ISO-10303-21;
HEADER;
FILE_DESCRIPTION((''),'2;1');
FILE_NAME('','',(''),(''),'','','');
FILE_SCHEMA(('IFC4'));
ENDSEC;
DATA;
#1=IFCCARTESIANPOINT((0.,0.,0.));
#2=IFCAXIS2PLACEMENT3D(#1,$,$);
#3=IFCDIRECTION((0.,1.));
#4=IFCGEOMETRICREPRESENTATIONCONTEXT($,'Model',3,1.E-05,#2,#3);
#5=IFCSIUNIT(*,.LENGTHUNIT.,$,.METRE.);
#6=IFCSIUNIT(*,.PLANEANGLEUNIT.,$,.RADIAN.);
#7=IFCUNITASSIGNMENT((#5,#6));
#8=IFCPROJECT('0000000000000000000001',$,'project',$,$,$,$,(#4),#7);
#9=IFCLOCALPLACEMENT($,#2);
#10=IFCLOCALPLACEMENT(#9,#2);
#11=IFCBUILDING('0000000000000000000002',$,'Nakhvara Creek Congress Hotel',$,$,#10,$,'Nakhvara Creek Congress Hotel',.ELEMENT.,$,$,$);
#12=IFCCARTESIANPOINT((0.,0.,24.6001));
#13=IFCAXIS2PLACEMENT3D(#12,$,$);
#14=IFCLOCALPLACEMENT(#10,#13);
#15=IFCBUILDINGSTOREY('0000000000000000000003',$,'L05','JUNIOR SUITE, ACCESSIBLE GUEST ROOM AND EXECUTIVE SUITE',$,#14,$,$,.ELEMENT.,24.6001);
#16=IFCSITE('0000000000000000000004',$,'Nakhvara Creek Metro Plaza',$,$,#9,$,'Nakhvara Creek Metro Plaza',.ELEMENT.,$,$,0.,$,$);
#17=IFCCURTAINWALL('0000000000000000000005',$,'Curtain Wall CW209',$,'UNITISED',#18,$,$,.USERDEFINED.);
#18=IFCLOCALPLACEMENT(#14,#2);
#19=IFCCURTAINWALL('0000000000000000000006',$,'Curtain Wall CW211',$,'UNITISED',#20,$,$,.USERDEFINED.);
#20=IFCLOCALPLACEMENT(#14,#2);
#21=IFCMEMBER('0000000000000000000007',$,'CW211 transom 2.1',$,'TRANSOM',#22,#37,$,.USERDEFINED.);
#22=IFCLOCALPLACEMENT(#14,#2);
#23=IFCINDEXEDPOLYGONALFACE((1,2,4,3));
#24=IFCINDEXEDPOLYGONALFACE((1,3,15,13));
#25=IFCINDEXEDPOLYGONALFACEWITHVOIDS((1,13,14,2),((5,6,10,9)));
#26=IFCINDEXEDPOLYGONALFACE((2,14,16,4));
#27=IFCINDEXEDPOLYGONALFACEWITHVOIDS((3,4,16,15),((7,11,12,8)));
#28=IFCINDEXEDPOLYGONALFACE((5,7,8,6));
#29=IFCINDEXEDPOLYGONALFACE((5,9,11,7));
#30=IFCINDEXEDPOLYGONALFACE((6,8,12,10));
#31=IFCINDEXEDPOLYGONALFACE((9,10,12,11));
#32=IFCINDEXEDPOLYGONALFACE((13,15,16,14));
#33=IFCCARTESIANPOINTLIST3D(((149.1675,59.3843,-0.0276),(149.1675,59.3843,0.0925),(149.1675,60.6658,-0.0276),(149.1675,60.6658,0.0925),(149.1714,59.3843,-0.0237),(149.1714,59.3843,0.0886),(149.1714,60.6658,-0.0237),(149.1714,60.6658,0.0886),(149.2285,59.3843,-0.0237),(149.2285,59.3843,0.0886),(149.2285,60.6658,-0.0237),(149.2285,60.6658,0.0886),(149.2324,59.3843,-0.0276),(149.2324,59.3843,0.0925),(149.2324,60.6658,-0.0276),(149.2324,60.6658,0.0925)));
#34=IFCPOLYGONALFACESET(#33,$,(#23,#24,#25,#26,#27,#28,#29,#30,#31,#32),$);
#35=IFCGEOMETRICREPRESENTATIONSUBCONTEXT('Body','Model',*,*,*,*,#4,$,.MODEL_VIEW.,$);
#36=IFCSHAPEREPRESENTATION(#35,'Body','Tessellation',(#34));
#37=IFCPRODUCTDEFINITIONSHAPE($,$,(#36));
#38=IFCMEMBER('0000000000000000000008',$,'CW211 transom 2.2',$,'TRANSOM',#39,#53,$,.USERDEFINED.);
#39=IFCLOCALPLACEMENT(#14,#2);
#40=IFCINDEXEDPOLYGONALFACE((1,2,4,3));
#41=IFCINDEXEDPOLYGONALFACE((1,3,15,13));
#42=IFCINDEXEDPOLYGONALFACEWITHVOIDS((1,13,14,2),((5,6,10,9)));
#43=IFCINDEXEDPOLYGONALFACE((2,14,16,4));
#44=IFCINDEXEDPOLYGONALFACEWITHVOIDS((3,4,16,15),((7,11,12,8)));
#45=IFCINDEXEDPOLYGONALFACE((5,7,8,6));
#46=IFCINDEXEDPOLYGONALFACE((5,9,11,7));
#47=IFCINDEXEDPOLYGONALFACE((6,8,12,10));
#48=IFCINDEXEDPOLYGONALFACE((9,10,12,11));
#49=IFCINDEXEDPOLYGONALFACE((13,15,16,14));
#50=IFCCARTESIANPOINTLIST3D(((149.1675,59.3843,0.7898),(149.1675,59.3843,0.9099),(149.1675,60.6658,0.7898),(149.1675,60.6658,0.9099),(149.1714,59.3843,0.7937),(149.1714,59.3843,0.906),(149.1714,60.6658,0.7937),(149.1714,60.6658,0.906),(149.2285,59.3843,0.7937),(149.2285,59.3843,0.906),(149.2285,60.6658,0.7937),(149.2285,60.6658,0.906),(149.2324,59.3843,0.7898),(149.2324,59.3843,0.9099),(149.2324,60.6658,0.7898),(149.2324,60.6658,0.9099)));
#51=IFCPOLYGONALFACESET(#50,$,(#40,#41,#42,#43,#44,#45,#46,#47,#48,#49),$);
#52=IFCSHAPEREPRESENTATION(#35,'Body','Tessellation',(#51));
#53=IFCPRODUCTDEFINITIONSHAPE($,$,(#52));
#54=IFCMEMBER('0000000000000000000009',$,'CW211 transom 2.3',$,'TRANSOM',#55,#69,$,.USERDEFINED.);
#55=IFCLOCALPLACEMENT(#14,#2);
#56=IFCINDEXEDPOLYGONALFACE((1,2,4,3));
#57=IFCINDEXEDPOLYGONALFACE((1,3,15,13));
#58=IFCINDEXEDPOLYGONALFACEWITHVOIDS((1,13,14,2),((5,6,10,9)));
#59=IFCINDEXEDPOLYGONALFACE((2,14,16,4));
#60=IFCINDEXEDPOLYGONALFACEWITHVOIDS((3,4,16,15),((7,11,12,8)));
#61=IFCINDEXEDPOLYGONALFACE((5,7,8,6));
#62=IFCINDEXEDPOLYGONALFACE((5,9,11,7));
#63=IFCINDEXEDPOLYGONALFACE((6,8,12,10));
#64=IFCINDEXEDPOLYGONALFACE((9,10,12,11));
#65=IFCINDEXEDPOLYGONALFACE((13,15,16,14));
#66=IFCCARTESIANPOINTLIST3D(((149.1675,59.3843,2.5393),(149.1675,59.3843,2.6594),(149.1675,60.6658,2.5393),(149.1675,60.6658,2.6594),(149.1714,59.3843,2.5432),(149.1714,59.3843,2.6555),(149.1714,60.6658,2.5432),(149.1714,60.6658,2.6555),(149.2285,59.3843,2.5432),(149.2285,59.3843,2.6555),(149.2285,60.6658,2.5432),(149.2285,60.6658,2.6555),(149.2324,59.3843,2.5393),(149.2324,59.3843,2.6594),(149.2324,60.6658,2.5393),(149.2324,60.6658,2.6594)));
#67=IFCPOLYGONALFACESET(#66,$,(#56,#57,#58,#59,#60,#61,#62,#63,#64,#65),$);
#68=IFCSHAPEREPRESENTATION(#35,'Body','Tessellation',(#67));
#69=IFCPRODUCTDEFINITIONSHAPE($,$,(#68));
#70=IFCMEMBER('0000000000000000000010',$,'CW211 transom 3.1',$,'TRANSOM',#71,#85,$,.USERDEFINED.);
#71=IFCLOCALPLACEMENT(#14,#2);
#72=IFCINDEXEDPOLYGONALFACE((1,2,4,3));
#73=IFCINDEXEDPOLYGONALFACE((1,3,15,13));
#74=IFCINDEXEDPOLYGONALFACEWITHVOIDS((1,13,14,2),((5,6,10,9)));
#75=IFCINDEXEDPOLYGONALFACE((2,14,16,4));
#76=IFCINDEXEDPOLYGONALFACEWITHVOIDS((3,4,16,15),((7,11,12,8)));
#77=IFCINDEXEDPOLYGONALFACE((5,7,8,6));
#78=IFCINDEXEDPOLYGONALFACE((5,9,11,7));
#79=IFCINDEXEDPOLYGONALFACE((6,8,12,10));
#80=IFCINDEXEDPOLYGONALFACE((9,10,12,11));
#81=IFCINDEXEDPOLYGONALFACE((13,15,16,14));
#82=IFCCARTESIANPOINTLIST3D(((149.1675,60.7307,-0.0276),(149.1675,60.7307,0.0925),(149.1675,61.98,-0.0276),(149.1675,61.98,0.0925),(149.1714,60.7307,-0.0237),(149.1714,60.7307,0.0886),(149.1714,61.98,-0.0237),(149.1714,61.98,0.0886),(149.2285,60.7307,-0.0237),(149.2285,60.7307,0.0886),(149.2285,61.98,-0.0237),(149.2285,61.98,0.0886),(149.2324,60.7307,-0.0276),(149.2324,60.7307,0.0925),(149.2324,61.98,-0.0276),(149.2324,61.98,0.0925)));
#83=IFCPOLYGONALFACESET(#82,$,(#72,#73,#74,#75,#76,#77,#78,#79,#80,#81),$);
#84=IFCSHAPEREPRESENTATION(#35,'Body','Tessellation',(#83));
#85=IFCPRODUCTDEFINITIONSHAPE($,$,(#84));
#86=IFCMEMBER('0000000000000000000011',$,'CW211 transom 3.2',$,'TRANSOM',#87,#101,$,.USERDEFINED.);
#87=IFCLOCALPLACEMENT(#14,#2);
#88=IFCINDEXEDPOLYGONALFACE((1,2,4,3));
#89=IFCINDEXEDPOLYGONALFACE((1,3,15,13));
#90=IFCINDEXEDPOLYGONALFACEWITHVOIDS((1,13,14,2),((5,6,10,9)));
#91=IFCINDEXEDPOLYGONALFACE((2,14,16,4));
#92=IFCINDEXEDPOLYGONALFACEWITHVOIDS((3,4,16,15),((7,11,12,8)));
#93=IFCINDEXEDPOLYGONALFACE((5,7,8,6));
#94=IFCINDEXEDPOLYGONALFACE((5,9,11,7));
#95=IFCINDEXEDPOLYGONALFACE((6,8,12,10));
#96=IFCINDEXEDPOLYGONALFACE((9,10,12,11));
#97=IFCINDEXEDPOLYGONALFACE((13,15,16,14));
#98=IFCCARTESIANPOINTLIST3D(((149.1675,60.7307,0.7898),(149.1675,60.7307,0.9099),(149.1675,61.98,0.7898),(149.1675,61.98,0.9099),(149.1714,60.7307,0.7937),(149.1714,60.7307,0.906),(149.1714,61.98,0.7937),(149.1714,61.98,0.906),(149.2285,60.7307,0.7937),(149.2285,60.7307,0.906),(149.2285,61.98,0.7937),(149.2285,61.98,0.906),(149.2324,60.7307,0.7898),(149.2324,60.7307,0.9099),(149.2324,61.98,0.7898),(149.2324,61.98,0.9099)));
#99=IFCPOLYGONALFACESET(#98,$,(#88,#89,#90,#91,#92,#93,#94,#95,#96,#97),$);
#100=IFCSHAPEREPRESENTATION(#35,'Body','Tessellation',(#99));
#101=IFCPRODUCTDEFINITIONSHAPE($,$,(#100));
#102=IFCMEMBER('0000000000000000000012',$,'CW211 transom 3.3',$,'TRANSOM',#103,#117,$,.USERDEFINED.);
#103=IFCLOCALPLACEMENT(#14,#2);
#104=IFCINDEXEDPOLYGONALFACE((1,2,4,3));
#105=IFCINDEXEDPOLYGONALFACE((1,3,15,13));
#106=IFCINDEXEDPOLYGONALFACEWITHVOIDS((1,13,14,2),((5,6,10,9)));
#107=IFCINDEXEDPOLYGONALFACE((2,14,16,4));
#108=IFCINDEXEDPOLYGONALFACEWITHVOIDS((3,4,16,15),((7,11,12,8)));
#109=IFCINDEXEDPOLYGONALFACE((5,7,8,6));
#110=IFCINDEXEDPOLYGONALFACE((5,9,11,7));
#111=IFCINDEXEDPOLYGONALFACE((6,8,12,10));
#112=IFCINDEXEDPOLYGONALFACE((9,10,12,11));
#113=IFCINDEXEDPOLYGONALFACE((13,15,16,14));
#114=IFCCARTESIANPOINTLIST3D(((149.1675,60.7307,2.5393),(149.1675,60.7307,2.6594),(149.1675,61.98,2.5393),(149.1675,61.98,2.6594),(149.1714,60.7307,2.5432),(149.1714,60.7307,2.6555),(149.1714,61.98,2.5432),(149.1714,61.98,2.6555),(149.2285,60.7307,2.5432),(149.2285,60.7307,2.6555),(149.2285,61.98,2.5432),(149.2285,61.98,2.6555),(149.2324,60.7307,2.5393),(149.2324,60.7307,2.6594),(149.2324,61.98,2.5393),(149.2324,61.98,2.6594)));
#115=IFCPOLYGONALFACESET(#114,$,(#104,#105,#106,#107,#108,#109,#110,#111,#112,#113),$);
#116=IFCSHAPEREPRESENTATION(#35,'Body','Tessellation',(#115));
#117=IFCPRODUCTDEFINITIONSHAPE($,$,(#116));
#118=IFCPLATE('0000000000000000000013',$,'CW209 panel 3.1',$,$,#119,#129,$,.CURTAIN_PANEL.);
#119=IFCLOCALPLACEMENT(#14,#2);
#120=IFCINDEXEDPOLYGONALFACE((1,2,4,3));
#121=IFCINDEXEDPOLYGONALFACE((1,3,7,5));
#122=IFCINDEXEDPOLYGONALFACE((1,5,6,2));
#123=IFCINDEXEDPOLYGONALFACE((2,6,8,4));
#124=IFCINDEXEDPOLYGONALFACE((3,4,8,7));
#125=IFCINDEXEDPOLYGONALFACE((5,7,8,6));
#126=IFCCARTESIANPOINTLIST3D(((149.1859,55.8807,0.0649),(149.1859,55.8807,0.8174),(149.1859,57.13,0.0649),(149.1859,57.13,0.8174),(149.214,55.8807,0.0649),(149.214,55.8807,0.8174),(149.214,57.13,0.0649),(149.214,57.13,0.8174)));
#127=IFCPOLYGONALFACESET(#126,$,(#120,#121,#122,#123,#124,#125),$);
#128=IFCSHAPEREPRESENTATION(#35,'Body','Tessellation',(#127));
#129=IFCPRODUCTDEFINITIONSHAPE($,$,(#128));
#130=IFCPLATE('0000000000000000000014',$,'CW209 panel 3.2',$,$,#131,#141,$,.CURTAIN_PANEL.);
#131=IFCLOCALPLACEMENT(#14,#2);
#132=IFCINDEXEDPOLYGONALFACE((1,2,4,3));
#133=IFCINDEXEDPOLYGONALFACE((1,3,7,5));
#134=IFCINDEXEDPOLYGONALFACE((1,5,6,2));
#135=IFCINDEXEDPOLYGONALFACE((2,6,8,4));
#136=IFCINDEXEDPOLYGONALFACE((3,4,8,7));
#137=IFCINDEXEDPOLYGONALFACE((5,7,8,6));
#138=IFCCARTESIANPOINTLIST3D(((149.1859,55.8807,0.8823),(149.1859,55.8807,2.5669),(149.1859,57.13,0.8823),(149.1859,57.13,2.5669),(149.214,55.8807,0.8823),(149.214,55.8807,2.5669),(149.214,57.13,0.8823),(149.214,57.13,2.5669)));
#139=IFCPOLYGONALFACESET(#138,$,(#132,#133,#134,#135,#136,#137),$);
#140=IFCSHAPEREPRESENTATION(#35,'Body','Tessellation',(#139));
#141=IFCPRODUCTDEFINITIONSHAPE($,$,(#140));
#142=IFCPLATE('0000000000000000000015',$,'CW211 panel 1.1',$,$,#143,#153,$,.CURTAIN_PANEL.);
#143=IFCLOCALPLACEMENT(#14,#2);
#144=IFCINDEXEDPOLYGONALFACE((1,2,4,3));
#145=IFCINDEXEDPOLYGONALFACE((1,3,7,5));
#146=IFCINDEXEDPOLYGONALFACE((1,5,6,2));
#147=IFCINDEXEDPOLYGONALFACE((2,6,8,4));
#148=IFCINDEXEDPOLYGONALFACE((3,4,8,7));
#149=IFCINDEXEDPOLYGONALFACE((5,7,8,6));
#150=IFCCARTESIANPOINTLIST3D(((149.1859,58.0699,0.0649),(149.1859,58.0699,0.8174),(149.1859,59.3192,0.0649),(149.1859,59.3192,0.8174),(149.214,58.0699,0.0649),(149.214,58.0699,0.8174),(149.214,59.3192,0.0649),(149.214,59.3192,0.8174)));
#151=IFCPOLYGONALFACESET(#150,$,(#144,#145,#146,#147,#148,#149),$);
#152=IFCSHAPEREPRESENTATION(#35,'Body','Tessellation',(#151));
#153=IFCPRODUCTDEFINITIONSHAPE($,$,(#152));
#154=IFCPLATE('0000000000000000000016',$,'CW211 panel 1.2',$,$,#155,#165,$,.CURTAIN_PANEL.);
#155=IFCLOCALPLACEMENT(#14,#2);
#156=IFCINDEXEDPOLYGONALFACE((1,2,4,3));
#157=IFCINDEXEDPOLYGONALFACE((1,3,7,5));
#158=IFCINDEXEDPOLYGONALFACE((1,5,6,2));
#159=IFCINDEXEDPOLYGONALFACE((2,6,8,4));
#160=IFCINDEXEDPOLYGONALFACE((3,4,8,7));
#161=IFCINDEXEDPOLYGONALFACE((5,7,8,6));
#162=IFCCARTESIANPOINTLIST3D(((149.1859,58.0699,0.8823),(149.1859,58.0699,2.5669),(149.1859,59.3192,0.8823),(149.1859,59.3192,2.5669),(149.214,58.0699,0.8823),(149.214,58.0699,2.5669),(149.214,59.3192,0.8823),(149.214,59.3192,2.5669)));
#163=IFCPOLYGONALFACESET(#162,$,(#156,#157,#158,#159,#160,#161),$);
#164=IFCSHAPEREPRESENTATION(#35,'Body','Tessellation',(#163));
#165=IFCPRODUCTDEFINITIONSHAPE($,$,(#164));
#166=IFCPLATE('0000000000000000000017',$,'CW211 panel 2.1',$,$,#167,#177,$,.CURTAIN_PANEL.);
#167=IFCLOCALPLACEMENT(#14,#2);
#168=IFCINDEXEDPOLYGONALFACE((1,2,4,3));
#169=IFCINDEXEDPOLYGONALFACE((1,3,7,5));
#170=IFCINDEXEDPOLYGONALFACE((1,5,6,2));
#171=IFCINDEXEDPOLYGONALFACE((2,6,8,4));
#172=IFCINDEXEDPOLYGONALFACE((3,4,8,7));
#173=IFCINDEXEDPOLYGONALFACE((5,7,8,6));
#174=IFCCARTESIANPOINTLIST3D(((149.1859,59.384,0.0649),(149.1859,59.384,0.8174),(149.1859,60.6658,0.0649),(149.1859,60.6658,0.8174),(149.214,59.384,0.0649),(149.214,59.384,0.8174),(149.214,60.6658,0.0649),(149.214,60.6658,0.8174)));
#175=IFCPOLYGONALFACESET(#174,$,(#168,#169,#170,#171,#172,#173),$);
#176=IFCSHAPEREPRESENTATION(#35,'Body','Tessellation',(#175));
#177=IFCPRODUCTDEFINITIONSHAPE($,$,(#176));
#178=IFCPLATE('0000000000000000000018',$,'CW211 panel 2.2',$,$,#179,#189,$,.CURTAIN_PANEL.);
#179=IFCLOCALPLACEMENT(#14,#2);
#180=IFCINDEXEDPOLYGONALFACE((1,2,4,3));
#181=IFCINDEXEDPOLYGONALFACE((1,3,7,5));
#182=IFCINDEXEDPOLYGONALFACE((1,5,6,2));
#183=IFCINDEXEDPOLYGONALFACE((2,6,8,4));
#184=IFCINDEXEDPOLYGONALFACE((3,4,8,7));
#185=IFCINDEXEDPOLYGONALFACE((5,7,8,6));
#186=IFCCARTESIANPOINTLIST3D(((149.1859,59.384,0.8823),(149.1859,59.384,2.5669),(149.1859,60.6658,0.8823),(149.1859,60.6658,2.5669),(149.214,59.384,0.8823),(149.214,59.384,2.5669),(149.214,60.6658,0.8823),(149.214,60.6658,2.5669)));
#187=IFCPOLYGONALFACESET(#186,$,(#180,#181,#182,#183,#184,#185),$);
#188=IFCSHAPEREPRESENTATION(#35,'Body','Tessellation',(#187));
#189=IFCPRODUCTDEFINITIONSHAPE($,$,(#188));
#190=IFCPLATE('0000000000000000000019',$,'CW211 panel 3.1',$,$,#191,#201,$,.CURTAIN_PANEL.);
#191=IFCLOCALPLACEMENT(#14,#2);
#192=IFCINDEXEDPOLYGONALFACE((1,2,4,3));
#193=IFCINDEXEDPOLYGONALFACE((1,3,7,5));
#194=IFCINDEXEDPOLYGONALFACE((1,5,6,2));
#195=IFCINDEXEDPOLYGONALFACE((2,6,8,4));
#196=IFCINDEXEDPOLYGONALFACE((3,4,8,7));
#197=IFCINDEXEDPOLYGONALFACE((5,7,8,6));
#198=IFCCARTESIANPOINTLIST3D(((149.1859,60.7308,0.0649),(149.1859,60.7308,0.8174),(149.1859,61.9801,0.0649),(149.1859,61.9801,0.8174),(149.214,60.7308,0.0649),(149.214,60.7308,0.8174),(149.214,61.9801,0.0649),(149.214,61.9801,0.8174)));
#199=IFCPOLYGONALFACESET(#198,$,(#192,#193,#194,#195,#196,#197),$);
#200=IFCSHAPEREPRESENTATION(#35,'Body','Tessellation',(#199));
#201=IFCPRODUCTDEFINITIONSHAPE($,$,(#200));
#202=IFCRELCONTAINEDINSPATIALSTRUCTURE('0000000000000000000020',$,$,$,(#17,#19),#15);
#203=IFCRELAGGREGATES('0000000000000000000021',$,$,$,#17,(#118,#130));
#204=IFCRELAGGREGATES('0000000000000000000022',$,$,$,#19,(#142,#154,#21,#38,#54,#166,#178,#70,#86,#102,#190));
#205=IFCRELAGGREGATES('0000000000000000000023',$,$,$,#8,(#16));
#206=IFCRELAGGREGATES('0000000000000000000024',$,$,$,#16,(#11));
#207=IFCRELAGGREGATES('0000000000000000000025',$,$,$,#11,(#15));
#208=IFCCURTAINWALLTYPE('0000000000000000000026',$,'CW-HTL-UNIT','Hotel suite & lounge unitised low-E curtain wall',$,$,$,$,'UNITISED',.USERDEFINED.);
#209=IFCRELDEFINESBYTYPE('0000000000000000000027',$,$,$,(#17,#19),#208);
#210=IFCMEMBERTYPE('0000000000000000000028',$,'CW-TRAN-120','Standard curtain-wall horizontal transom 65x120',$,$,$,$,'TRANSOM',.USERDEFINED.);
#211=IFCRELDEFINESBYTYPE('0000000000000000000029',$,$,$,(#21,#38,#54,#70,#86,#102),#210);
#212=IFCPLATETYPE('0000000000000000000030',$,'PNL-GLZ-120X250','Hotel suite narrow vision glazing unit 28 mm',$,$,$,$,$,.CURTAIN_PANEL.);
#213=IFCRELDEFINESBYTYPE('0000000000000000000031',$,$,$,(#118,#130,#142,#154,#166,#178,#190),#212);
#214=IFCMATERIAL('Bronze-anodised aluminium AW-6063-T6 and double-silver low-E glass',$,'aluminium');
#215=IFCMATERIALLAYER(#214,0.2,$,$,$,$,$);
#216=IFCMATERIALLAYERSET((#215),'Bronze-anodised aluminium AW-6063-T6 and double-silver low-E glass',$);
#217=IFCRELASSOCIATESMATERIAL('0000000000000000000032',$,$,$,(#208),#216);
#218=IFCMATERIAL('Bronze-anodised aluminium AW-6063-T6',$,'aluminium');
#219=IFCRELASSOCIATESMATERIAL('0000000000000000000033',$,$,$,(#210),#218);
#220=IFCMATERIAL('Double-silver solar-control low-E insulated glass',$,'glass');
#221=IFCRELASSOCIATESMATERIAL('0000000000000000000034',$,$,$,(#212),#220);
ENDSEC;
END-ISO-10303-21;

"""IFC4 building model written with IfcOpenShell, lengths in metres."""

from ifc_helpers import new_model, si_unit, direction, frame, origin, origin_2d, place, context, subcontext, project, spatial, rectangle, hollow_rectangle, extrude, material, layer, layer_set, material_profile, profile_set, type_object, element, aggregate, save


model = new_model("IFC4")

# Units and contexts
model_context = context("Model", 3, precision=1e-05, world=origin(), true_north=direction((0.0, 1.0)))
body_context = subcontext(model_context, "Body", "Model", "MODEL_VIEW")
ifc_project = project(units=[si_unit("LENGTHUNIT", "METRE"), si_unit("PLANEANGLEUNIT", "RADIAN")], contexts=[model_context])

# Site, building, storey
site_placement = place(None, origin())
site = spatial("IfcSite", under=ifc_project, at=site_placement, Name="Nakhvara Creek Metro Plaza", LongName="Nakhvara Creek Metro Plaza", CompositionType="ELEMENT", RefElevation=0.0)
building_placement = place(site_placement, origin())
building = spatial("IfcBuilding", under=site, at=building_placement, Name="Nakhvara Creek Congress Hotel", LongName="Nakhvara Creek Congress Hotel", CompositionType="ELEMENT")
storey_placement = place(building_placement, frame((0.0, 0.0, 24.6001)))
storey = spatial("IfcBuildingStorey", under=building, at=storey_placement, Name="L05", Description="JUNIOR SUITE, ACCESSIBLE GUEST ROOM AND EXECUTIVE SUITE", CompositionType="ELEMENT", Elevation=24.6001)

# Curtain walls
ifc_material_1 = material(Name="Bronze-anodised aluminium AW-6063-T6 and double-silver low-E glass", Category="aluminium")
ifc_layer = layer(ifc_material_1, 0.2)
ifc_layer_set = layer_set([ifc_layer], Name="Bronze-anodised aluminium AW-6063-T6 and double-silver low-E glass")
curtain_wall_type = type_object("IfcCurtainWallType", Name="CW-HTL-UNIT", Description="Hotel suite & lounge unitised low-E curtain wall", ElementType="UNITISED", PredefinedType="USERDEFINED", material=ifc_layer_set)
curtain_wall_1_placement = place(storey_placement, origin())
curtain_wall_1 = element("IfcCurtainWall", 1, at=curtain_wall_1_placement, inside=storey, type_object=curtain_wall_type, Name="Curtain Wall CW209", ObjectType="UNITISED", PredefinedType="USERDEFINED")
ifc_material_2 = material(Name="Bronze-anodised aluminium AW-6063-T6", Category="aluminium")
curtain_wall_2_placement = place(storey_placement, origin())
curtain_wall_2 = element("IfcCurtainWall", 2, at=curtain_wall_2_placement, inside=storey, type_object=curtain_wall_type, Name="Curtain Wall CW211", ObjectType="UNITISED", PredefinedType="USERDEFINED")

# Members
ifc_material_profile_1 = material_profile(ifc_material_2, hollow_rectangle(XDim=0.0649, YDim=0.1201, WallThickness=0.0039, at=origin_2d()), Name="ALU-TRAN 65x120x4", Category="LoadBearing")
ifc_profile_set_1 = profile_set([ifc_material_profile_1], Name="Bronze-anodised aluminium AW-6063-T6")
member_type_1 = type_object("IfcMemberType", Name="CW-TRAN-120", Description="Standard curtain-wall horizontal transom 65x120", ElementType="TRANSOM", PredefinedType="USERDEFINED", material=ifc_profile_set_1)
member_1_placement = place(storey_placement, frame((149.2, 59.3843, 0.0325), z_axis=(0.0, 1.0, 0.0), x_axis=(-1.0, 0.0, 0.0)))
member_1 = element("IfcMember", 3, at=member_1_placement, type_object=member_type_1, Name="CW211 transom 2.1", ObjectType="TRANSOM", PredefinedType="USERDEFINED", context=body_context, shape_type="SweptSolid", body=[
    extrude(hollow_rectangle(XDim=0.0649, YDim=0.1201, WallThickness=0.0039, at=origin_2d()), origin(), (0.0, 0.0, 1.0), 1.2815),
])
member_2_placement = place(storey_placement, frame((149.2, 59.3843, 0.8499), z_axis=(0.0, 1.0, 0.0), x_axis=(-1.0, 0.0, 0.0)))
member_2 = element("IfcMember", 4, at=member_2_placement, type_object=member_type_1, Name="CW211 transom 2.2", ObjectType="TRANSOM", PredefinedType="USERDEFINED", context=body_context, shape_type="SweptSolid", body=[
    extrude(hollow_rectangle(XDim=0.0649, YDim=0.1201, WallThickness=0.0039, at=origin_2d()), origin(), (0.0, 0.0, 1.0), 1.2815),
])
member_3_placement = place(storey_placement, frame((149.2, 59.3843, 2.5994), z_axis=(0.0, 1.0, 0.0), x_axis=(-1.0, 0.0, 0.0)))
member_3 = element("IfcMember", 5, at=member_3_placement, type_object=member_type_1, Name="CW211 transom 2.3", ObjectType="TRANSOM", PredefinedType="USERDEFINED", context=body_context, shape_type="SweptSolid", body=[
    extrude(hollow_rectangle(XDim=0.0649, YDim=0.1201, WallThickness=0.0039, at=origin_2d()), origin(), (0.0, 0.0, 1.0), 1.2815),
])
member_4_placement = place(storey_placement, frame((149.2, 60.7307, 0.0325), z_axis=(0.0, 1.0, 0.0), x_axis=(-1.0, 0.0, 0.0)))
member_4 = element("IfcMember", 6, at=member_4_placement, type_object=member_type_1, Name="CW211 transom 3.1", ObjectType="TRANSOM", PredefinedType="USERDEFINED", context=body_context, shape_type="SweptSolid", body=[
    extrude(hollow_rectangle(XDim=0.0649, YDim=0.1201, WallThickness=0.0039, at=origin_2d()), origin(), (0.0, 0.0, 1.0), 1.2493),
])
member_5_placement = place(storey_placement, frame((149.2, 60.7307, 0.8499), z_axis=(0.0, 1.0, 0.0), x_axis=(-1.0, 0.0, 0.0)))
member_5 = element("IfcMember", 7, at=member_5_placement, type_object=member_type_1, Name="CW211 transom 3.2", ObjectType="TRANSOM", PredefinedType="USERDEFINED", context=body_context, shape_type="SweptSolid", body=[
    extrude(hollow_rectangle(XDim=0.0649, YDim=0.1201, WallThickness=0.0039, at=origin_2d()), origin(), (0.0, 0.0, 1.0), 1.2493),
])
member_6_placement = place(storey_placement, frame((149.2, 60.7307, 2.5994), z_axis=(0.0, 1.0, 0.0), x_axis=(-1.0, 0.0, 0.0)))
member_6 = element("IfcMember", 8, at=member_6_placement, type_object=member_type_1, Name="CW211 transom 3.3", ObjectType="TRANSOM", PredefinedType="USERDEFINED", context=body_context, shape_type="SweptSolid", body=[
    extrude(hollow_rectangle(XDim=0.0649, YDim=0.1201, WallThickness=0.0039, at=origin_2d()), origin(), (0.0, 0.0, 1.0), 1.2493),
])

# Plates
ifc_material_3 = material(Name="Double-silver solar-control low-E insulated glass", Category="glass")
plate_type = type_object("IfcPlateType", Name="PNL-GLZ-120X250", Description="Hotel suite narrow vision glazing unit 28 mm", PredefinedType="CURTAIN_PANEL", material=ifc_material_3)
plate_1_placement = place(storey_placement, frame((149.2, 56.5054, 0.0649), z_axis=(0.0, 0.0, 1.0), x_axis=(0.0, 1.0, 0.0)))
plate_1 = element("IfcPlate", 9, at=plate_1_placement, type_object=plate_type, Name="CW209 panel 3.1", PredefinedType="CURTAIN_PANEL", context=body_context, shape_type="SweptSolid", body=[
    extrude(rectangle(XDim=1.2493, YDim=0.0281, at=origin_2d()), origin(), (0.0, 0.0, 1.0), 0.7524),
])
plate_2_placement = place(storey_placement, frame((149.2, 56.5054, 0.8823), z_axis=(0.0, 0.0, 1.0), x_axis=(0.0, 1.0, 0.0)))
plate_2 = element("IfcPlate", 10, at=plate_2_placement, type_object=plate_type, Name="CW209 panel 3.2", PredefinedType="CURTAIN_PANEL", context=body_context, shape_type="SweptSolid", body=[
    extrude(rectangle(XDim=1.2493, YDim=0.0281, at=origin_2d()), origin(), (0.0, 0.0, 1.0), 1.6846),
])
aggregate(curtain_wall_1, [plate_1, plate_2])
plate_3_placement = place(storey_placement, frame((149.2, 58.6946, 0.0649), z_axis=(0.0, 0.0, 1.0), x_axis=(0.0, 1.0, 0.0)))
plate_3 = element("IfcPlate", 11, at=plate_3_placement, type_object=plate_type, Name="CW211 panel 1.1", PredefinedType="CURTAIN_PANEL", context=body_context, shape_type="SweptSolid", body=[
    extrude(rectangle(XDim=1.2493, YDim=0.0281, at=origin_2d()), origin(), (0.0, 0.0, 1.0), 0.7524),
])
plate_4_placement = place(storey_placement, frame((149.2, 58.6946, 0.8823), z_axis=(0.0, 0.0, 1.0), x_axis=(0.0, 1.0, 0.0)))
plate_4 = element("IfcPlate", 12, at=plate_4_placement, type_object=plate_type, Name="CW211 panel 1.2", PredefinedType="CURTAIN_PANEL", context=body_context, shape_type="SweptSolid", body=[
    extrude(rectangle(XDim=1.2493, YDim=0.0281, at=origin_2d()), origin(), (0.0, 0.0, 1.0), 1.6846),
])
plate_5_placement = place(storey_placement, frame((149.2, 60.0249, 0.0649), z_axis=(0.0, 0.0, 1.0), x_axis=(0.0, 1.0, 0.0)))
plate_5 = element("IfcPlate", 13, at=plate_5_placement, type_object=plate_type, Name="CW211 panel 2.1", PredefinedType="CURTAIN_PANEL", context=body_context, shape_type="SweptSolid", body=[
    extrude(rectangle(XDim=1.2817, YDim=0.0281, at=origin_2d()), origin(), (0.0, 0.0, 1.0), 0.7524),
])
plate_6_placement = place(storey_placement, frame((149.2, 60.0249, 0.8823), z_axis=(0.0, 0.0, 1.0), x_axis=(0.0, 1.0, 0.0)))
plate_6 = element("IfcPlate", 14, at=plate_6_placement, type_object=plate_type, Name="CW211 panel 2.2", PredefinedType="CURTAIN_PANEL", context=body_context, shape_type="SweptSolid", body=[
    extrude(rectangle(XDim=1.2817, YDim=0.0281, at=origin_2d()), origin(), (0.0, 0.0, 1.0), 1.6846),
])
plate_7_placement = place(storey_placement, frame((149.2, 61.3555, 0.0649), z_axis=(0.0, 0.0, 1.0), x_axis=(0.0, 1.0, 0.0)))
plate_7 = element("IfcPlate", 15, at=plate_7_placement, type_object=plate_type, Name="CW211 panel 3.1", PredefinedType="CURTAIN_PANEL", context=body_context, shape_type="SweptSolid", body=[
    extrude(rectangle(XDim=1.2493, YDim=0.0281, at=origin_2d()), origin(), (0.0, 0.0, 1.0), 0.7524),
])
aggregate(curtain_wall_2, [plate_3, plate_4, member_1, member_2, member_3, plate_5, plate_6, member_4, member_5, member_6, plate_7])

save(model, "model.ifc")
